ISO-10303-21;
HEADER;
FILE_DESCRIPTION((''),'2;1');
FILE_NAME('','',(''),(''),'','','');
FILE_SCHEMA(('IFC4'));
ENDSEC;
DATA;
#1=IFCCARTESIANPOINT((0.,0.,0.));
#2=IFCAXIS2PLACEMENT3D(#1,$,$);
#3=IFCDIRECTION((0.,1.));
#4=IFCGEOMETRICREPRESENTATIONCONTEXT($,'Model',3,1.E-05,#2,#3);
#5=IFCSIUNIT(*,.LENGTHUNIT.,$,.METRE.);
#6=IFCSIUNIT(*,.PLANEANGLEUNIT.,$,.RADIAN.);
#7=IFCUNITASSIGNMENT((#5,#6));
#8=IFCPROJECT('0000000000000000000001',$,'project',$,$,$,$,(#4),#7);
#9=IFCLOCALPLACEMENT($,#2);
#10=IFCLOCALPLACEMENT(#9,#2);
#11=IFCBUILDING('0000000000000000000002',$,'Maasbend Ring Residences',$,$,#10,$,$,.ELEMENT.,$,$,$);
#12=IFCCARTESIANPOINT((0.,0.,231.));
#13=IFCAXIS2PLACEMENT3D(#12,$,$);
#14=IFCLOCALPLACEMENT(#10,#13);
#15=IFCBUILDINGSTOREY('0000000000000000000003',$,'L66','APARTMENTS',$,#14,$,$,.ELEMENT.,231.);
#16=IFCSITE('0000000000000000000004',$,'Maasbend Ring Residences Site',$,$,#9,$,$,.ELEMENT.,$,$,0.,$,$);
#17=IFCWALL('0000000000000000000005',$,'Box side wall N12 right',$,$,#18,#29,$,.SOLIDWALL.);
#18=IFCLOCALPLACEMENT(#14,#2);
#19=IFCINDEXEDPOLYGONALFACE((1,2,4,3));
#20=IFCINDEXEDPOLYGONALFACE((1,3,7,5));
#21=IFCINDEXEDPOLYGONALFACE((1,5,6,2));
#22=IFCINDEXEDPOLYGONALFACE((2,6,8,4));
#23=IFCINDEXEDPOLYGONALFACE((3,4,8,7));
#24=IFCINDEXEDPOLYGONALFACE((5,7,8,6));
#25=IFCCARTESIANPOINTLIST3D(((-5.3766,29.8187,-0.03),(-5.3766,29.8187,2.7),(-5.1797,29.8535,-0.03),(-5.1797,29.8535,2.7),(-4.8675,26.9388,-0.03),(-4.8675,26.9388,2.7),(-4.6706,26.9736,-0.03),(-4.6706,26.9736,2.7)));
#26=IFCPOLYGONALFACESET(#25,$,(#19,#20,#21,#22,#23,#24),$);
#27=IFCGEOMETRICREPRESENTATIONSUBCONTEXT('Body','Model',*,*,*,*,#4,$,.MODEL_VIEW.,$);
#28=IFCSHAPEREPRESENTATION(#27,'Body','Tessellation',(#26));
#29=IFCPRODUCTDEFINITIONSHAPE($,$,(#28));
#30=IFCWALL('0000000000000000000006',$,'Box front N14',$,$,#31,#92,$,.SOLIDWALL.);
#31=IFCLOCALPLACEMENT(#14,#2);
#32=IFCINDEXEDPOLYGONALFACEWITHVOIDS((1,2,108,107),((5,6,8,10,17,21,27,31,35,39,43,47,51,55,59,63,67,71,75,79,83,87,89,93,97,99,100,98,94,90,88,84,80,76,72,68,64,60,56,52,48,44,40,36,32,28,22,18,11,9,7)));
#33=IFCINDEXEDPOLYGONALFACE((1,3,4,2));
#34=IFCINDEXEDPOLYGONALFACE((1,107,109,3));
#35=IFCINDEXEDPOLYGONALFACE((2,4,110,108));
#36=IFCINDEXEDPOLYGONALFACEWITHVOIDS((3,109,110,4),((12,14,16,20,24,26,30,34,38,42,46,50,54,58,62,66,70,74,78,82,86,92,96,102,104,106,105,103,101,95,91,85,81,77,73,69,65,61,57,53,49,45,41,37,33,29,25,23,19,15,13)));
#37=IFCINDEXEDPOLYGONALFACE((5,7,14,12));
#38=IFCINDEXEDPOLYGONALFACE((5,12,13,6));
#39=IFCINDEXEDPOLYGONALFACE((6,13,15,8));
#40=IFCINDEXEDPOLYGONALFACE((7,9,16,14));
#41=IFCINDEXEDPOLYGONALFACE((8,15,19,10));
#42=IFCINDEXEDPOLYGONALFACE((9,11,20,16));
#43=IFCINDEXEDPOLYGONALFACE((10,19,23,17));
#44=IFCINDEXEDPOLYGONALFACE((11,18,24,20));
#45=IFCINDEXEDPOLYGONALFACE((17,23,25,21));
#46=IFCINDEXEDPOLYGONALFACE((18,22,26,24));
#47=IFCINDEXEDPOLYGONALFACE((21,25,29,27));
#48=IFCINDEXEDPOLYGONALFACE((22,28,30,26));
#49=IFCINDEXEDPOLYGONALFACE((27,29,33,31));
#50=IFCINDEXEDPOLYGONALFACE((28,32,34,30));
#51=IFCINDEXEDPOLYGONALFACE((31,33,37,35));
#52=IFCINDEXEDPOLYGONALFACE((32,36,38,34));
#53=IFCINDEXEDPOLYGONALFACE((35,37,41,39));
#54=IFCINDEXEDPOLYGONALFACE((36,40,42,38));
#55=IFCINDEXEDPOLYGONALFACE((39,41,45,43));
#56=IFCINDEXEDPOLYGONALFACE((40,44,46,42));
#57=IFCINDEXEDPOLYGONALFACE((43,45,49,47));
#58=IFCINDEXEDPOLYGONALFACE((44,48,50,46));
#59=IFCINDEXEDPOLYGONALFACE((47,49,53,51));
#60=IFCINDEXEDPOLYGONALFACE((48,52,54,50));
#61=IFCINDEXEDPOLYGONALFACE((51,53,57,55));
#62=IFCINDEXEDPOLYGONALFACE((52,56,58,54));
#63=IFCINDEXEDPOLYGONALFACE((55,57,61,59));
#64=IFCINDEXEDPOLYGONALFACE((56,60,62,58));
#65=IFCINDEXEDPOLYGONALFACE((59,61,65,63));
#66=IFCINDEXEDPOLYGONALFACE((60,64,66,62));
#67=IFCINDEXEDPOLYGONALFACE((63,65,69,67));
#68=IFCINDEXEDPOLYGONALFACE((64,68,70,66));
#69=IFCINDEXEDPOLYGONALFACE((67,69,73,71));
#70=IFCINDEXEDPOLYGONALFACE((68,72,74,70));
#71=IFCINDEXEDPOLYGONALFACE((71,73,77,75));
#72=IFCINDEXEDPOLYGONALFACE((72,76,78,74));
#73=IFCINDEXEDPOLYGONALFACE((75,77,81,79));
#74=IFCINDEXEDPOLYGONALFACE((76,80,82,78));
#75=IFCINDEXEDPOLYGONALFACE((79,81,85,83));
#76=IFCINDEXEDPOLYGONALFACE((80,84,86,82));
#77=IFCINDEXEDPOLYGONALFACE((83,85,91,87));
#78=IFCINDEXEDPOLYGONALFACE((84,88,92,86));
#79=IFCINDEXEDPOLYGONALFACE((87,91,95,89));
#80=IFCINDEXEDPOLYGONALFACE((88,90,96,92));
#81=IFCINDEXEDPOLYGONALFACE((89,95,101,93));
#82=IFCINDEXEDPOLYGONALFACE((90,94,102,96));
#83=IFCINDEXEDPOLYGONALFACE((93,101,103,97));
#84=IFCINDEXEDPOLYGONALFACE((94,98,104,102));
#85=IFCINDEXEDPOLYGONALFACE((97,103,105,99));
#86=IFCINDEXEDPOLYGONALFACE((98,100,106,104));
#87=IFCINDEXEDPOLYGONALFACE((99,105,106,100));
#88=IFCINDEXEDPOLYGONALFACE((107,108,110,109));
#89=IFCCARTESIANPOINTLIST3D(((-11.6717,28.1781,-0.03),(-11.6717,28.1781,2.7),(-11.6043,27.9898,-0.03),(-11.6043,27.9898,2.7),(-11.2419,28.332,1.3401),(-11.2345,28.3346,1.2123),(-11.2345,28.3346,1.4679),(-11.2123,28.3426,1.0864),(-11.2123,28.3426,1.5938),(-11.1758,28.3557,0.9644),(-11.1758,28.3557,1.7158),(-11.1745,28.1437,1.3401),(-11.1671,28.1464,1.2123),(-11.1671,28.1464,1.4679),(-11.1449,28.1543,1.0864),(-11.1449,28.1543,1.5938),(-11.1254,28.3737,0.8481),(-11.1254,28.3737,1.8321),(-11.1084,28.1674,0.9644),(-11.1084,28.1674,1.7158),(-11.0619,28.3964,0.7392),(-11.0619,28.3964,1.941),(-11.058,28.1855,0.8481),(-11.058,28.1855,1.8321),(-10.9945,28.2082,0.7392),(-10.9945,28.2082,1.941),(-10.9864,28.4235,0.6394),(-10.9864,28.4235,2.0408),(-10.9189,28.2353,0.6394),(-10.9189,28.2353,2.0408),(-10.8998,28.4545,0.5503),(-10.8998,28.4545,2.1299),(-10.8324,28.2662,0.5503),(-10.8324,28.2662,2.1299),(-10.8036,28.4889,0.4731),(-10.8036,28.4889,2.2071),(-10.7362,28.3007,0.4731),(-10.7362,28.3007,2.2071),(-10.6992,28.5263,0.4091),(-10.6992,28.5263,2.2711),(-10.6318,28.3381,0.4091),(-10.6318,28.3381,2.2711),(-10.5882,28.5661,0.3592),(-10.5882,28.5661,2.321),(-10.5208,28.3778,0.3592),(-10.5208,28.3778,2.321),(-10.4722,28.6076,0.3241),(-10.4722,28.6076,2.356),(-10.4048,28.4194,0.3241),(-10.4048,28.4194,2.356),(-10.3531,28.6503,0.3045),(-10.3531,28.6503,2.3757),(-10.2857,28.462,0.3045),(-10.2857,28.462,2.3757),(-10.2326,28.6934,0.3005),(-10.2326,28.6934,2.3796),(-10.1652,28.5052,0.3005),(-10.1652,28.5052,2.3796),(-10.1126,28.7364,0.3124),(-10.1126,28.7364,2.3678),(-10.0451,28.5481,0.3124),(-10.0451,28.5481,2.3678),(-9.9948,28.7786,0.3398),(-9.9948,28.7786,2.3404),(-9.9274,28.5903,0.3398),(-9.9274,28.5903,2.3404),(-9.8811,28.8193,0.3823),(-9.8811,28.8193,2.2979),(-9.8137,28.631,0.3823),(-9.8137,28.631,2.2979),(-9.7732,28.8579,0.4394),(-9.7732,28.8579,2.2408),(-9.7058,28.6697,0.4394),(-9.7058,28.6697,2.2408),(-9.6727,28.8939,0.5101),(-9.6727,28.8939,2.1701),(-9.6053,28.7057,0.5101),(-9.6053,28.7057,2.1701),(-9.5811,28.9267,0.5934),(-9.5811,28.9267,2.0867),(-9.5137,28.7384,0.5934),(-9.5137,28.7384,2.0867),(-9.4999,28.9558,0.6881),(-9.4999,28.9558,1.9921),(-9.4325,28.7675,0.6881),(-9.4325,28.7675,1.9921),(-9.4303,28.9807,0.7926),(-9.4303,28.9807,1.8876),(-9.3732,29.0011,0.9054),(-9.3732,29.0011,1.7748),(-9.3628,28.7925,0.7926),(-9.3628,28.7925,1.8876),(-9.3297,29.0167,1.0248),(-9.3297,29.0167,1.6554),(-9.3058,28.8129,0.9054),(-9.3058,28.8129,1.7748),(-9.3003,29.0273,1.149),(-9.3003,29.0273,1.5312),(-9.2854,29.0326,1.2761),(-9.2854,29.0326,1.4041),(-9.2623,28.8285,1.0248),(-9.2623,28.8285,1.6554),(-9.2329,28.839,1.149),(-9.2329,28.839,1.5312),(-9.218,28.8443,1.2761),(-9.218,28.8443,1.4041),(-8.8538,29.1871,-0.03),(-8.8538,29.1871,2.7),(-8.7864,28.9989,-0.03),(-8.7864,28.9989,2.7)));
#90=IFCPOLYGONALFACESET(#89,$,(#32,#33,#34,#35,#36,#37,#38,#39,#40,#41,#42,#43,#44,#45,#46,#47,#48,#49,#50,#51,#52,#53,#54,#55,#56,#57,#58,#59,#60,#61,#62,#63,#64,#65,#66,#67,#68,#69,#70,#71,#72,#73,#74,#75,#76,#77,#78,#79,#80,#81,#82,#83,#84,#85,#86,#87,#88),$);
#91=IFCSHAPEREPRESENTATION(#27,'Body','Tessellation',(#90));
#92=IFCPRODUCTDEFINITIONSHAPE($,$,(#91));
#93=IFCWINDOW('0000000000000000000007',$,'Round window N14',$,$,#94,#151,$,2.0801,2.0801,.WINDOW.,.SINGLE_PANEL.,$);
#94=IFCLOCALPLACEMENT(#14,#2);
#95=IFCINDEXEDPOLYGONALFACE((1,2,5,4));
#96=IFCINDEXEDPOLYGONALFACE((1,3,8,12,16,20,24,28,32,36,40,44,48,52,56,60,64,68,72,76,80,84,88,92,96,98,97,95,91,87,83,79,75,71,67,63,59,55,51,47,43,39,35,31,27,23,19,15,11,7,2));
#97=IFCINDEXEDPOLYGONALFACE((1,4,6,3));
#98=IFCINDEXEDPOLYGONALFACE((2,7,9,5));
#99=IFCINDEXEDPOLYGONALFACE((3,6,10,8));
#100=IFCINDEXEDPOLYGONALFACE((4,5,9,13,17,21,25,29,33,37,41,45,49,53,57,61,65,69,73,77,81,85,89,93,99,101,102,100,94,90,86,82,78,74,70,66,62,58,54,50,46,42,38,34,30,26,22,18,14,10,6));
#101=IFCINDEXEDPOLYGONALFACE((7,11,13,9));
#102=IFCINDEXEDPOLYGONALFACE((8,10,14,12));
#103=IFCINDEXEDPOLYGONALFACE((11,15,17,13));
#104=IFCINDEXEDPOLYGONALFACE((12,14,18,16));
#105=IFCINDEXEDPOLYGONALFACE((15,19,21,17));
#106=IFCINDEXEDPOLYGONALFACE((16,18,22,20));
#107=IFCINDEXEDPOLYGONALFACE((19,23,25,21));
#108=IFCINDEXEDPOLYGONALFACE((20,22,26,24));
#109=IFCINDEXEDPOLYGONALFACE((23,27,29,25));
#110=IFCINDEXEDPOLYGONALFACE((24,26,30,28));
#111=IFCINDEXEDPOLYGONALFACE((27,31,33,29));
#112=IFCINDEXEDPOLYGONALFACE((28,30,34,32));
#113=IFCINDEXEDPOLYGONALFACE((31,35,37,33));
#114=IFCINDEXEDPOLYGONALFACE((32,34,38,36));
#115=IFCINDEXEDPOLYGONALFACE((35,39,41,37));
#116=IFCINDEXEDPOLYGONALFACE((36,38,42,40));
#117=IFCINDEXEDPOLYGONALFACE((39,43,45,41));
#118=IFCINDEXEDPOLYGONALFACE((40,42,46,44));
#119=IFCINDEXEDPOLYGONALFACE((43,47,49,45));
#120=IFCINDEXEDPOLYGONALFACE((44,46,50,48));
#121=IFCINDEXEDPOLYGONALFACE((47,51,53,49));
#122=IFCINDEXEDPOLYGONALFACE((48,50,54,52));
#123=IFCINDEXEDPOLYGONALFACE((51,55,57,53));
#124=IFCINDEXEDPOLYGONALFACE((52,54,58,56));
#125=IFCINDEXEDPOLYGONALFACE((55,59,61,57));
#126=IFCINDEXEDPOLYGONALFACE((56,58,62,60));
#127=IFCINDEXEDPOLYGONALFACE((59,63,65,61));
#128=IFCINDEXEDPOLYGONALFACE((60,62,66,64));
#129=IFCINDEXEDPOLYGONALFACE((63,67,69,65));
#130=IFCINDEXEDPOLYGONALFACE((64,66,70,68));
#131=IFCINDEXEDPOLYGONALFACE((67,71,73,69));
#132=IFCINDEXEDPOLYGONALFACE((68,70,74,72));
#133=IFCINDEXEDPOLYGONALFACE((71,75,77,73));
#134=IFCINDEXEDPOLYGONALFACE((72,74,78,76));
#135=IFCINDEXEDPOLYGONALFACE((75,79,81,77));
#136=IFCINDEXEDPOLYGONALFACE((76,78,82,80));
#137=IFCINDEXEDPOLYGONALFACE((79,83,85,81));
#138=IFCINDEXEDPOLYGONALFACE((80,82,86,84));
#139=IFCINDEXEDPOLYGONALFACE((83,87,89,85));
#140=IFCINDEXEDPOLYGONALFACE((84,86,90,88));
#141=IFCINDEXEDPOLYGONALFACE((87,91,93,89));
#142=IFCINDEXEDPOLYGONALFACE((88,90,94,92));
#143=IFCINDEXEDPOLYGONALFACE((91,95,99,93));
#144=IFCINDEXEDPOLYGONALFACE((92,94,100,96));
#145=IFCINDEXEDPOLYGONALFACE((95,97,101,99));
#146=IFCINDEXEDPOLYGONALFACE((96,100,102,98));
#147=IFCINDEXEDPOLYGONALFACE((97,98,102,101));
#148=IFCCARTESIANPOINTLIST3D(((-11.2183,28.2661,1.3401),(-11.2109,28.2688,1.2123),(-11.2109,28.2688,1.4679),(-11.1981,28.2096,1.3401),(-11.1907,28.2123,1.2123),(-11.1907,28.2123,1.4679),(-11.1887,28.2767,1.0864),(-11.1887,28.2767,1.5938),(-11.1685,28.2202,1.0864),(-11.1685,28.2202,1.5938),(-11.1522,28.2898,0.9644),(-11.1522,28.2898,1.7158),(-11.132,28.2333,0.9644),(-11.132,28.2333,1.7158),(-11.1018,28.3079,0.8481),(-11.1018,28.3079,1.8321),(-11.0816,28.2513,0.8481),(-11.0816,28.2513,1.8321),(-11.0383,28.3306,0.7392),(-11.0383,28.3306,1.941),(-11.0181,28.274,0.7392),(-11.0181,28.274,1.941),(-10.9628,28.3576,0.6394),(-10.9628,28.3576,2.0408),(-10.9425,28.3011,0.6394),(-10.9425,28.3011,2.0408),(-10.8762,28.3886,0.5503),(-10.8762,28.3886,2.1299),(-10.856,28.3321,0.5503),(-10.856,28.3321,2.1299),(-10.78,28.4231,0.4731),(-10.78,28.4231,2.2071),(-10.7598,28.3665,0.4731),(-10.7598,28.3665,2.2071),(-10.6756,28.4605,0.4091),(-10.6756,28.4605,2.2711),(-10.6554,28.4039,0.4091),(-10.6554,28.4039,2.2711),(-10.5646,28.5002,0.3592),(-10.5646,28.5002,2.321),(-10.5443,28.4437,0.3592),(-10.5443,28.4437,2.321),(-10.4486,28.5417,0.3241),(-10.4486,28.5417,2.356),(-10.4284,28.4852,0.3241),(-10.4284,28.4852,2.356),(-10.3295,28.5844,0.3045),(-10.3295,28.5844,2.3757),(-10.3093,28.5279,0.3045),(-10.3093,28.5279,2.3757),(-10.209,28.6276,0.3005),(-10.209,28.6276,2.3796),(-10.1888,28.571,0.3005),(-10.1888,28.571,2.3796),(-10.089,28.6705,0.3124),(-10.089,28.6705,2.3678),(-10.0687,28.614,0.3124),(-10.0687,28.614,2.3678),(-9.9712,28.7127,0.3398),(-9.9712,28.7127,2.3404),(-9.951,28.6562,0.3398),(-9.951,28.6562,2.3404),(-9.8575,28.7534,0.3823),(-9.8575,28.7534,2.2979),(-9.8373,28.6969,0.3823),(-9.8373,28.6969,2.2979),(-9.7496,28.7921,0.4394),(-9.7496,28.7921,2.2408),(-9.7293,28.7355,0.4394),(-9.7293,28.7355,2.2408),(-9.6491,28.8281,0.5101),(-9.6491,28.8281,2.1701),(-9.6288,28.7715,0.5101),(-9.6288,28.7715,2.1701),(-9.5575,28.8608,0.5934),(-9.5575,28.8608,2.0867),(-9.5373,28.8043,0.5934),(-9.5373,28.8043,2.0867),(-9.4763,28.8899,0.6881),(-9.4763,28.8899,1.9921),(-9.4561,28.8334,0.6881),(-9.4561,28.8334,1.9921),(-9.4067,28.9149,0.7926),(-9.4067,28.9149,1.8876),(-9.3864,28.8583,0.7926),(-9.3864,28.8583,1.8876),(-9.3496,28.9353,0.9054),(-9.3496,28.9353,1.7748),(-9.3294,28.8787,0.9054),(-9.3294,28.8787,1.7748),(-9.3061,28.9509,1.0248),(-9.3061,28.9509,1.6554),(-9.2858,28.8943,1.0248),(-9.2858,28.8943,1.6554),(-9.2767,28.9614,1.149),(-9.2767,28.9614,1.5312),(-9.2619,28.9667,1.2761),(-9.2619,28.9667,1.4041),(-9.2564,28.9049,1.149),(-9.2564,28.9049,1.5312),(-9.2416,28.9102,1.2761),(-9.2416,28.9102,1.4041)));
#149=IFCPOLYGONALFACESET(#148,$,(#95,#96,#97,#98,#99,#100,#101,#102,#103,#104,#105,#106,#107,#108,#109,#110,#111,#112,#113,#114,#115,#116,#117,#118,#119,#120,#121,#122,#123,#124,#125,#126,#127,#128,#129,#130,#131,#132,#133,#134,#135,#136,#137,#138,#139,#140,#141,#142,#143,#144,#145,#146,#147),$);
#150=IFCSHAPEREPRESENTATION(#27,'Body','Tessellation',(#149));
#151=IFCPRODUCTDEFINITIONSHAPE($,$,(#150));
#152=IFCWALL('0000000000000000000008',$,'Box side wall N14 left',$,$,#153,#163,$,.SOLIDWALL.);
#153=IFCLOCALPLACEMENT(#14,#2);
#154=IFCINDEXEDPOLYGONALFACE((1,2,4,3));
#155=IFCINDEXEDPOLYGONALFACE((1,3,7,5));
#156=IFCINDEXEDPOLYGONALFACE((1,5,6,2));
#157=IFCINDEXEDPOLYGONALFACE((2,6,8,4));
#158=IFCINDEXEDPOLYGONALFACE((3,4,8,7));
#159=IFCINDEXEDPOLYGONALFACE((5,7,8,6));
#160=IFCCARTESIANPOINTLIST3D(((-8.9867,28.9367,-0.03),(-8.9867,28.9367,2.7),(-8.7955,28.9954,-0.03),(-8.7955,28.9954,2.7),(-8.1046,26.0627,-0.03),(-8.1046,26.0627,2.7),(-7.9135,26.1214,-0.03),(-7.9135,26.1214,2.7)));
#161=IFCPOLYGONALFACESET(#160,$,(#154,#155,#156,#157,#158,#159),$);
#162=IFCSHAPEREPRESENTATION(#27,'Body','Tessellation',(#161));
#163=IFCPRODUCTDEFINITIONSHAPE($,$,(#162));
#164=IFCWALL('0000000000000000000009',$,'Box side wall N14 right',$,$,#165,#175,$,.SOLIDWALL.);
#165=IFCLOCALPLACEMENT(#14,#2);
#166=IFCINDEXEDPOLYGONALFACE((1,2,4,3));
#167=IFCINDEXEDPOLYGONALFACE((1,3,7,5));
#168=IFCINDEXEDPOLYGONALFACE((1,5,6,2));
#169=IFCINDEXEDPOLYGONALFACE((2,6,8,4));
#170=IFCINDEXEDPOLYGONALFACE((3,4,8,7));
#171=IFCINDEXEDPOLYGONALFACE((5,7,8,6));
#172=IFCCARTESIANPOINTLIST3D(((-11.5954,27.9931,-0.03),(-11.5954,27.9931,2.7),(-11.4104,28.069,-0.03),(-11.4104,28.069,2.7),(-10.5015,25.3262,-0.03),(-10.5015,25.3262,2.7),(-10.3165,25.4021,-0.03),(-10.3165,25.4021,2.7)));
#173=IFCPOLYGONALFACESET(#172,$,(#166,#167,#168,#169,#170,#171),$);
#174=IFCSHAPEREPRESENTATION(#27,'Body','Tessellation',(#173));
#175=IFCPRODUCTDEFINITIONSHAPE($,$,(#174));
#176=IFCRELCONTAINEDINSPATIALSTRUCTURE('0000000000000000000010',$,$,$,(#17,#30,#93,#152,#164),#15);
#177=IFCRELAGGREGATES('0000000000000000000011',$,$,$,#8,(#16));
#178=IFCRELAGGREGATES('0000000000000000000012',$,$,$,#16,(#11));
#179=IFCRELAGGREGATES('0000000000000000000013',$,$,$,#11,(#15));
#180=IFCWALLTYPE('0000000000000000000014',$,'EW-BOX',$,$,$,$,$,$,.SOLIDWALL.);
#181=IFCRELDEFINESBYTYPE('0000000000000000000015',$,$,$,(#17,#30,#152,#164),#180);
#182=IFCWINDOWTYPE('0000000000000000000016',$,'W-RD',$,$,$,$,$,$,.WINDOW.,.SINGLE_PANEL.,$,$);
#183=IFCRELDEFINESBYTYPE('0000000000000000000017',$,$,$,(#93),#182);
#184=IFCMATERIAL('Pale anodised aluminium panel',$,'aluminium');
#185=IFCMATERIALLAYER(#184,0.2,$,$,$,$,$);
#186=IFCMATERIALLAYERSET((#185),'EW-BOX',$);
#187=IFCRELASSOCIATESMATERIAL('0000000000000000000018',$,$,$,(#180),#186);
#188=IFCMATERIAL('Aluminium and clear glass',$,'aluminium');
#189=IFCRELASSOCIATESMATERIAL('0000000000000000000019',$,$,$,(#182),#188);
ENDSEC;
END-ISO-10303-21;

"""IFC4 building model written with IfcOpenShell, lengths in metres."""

from ifc_helpers import new_model, si_unit, direction, frame, frame_2d, origin, place, context, subcontext, project, spatial, rectangle, circle, extrude, material, layer, layer_set, type_object, element, fill, save


model = new_model("IFC4")

# Units and contexts
model_context = context("Model", 3, precision=1e-05, world=origin(), true_north=direction((0.0, 1.0)))
body_context = subcontext(model_context, "Body", "Model", "MODEL_VIEW")
ifc_project = project(units=[si_unit("LENGTHUNIT", "METRE"), si_unit("PLANEANGLEUNIT", "RADIAN")], contexts=[model_context])

# Site, building, storey
site_placement = place(None, origin())
site = spatial("IfcSite", under=ifc_project, at=site_placement, Name="Maasbend Ring Residences Site", CompositionType="ELEMENT", RefElevation=0.0)
building_placement = place(site_placement, origin())
building = spatial("IfcBuilding", under=site, at=building_placement, Name="Maasbend Ring Residences", CompositionType="ELEMENT")
storey_placement = place(building_placement, frame((0.0, 0.0, 231.0)))
storey = spatial("IfcBuildingStorey", under=building, at=storey_placement, Name="L66", Description="APARTMENTS", CompositionType="ELEMENT", Elevation=231.0)

# Shared definitions
ifc_material_1 = material(Name="Pale anodised aluminium panel", Category="aluminium")
ifc_layer_1 = layer(ifc_material_1, 0.2)
ifc_layer_set_1 = layer_set([ifc_layer_1], Name="EW-BOX")
wall_type_1 = type_object("IfcWallType", Name="EW-BOX", PredefinedType="SOLIDWALL", material=ifc_layer_set_1)
ifc_material_2 = material(Name="Aluminium and clear glass", Category="aluminium")
window_type_1 = type_object("IfcWindowType", Name="W-RD", PartitioningType="SINGLE_PANEL", PredefinedType="WINDOW", material=ifc_material_2)

# Wall
wall_1_placement = place(storey_placement, frame((-4.769, 26.9561, -0.03), z_axis=(0.0, 0.0, 1.0), x_axis=(-0.174057, 0.984736, 0.0)))
element("IfcWall", 1, at=wall_1_placement, inside=storey, type_object=wall_type_1, Name="Box side wall N12 right", PredefinedType="SOLIDWALL", context=body_context, shape_type="SweptSolid", body=[
    extrude(rectangle(XDim=2.9246, YDim=0.2, at=frame_2d((1.4624, 0.0))), origin(), (0.0, 0.0, 1.0), 2.73),
])

# Wall, opening, window
wall_2_placement = place(storey_placement, frame((-8.8201, 29.093, -0.03), z_axis=(0.0, 0.0, 1.0), x_axis=(-0.941461, -0.337122, 0.0)))
wall_2 = element("IfcWall", 2, at=wall_2_placement, inside=storey, type_object=wall_type_1, Name="Box front N14", PredefinedType="SOLIDWALL", context=body_context, shape_type="SweptSolid", body=[
    extrude(rectangle(XDim=2.9932, YDim=0.2, at=frame_2d((1.4966, 0.0))), origin(), (0.0, 0.0, 1.0), 2.73),
])
opening_1_placement = place(wall_2_placement, frame((0.4565, 0.0, 0.3301)))
opening_1 = element("IfcOpeningElement", 3, at=opening_1_placement, cuts=wall_2, PredefinedType="OPENING", context=body_context, shape_type="SweptSolid", body=[
    extrude(circle(Radius=1.04, at=frame_2d((1.04, 1.04))), frame((0.0, 0.1099, 0.0), z_axis=(0.0, -1.0, 0.0), x_axis=(1.0, 0.0, 0.0)), (0.0, 0.0, 1.0), 0.22),
])
window_1_placement = place(opening_1_placement, origin())
window_1 = element("IfcWindow", 4, at=window_1_placement, inside=storey, type_object=window_type_1, Name="Round window N14", OverallHeight=2.0801, OverallWidth=2.0801, PartitioningType="SINGLE_PANEL", PredefinedType="WINDOW", context=body_context, shape_type="SweptSolid", body=[
    extrude(circle(Radius=1.04, at=frame_2d((1.04, 1.04))), frame((0.0, 0.03, 0.0), z_axis=(0.0, -1.0, 0.0), x_axis=(1.0, 0.0, 0.0)), (0.0, 0.0, 1.0), 0.0601),
])
fill(opening_1, window_1)

# Walls
wall_3_placement = place(storey_placement, frame((-8.009, 26.092, -0.03), z_axis=(0.0, 0.0, 1.0), x_axis=(-0.293407, 0.955988, 0.0)))
element("IfcWall", 5, at=wall_3_placement, inside=storey, type_object=wall_type_1, Name="Box side wall N14 left", PredefinedType="SOLIDWALL", context=body_context, shape_type="SweptSolid", body=[
    extrude(rectangle(XDim=3.0063, YDim=0.2, at=frame_2d((1.5032, 0.0))), origin(), (0.0, 0.0, 1.0), 2.73),
])
wall_4_placement = place(storey_placement, frame((-10.4089, 25.364, -0.03), z_axis=(0.0, 0.0, 1.0), x_axis=(-0.37951, 0.925188, 0.0)))
element("IfcWall", 6, at=wall_4_placement, inside=storey, type_object=wall_type_1, Name="Box side wall N14 right", PredefinedType="SOLIDWALL", context=body_context, shape_type="SweptSolid", body=[
    extrude(rectangle(XDim=2.8826, YDim=0.2, at=frame_2d((1.4414, 0.0))), origin(), (0.0, 0.0, 1.0), 2.73),
])

save(model, "model.ifc")
